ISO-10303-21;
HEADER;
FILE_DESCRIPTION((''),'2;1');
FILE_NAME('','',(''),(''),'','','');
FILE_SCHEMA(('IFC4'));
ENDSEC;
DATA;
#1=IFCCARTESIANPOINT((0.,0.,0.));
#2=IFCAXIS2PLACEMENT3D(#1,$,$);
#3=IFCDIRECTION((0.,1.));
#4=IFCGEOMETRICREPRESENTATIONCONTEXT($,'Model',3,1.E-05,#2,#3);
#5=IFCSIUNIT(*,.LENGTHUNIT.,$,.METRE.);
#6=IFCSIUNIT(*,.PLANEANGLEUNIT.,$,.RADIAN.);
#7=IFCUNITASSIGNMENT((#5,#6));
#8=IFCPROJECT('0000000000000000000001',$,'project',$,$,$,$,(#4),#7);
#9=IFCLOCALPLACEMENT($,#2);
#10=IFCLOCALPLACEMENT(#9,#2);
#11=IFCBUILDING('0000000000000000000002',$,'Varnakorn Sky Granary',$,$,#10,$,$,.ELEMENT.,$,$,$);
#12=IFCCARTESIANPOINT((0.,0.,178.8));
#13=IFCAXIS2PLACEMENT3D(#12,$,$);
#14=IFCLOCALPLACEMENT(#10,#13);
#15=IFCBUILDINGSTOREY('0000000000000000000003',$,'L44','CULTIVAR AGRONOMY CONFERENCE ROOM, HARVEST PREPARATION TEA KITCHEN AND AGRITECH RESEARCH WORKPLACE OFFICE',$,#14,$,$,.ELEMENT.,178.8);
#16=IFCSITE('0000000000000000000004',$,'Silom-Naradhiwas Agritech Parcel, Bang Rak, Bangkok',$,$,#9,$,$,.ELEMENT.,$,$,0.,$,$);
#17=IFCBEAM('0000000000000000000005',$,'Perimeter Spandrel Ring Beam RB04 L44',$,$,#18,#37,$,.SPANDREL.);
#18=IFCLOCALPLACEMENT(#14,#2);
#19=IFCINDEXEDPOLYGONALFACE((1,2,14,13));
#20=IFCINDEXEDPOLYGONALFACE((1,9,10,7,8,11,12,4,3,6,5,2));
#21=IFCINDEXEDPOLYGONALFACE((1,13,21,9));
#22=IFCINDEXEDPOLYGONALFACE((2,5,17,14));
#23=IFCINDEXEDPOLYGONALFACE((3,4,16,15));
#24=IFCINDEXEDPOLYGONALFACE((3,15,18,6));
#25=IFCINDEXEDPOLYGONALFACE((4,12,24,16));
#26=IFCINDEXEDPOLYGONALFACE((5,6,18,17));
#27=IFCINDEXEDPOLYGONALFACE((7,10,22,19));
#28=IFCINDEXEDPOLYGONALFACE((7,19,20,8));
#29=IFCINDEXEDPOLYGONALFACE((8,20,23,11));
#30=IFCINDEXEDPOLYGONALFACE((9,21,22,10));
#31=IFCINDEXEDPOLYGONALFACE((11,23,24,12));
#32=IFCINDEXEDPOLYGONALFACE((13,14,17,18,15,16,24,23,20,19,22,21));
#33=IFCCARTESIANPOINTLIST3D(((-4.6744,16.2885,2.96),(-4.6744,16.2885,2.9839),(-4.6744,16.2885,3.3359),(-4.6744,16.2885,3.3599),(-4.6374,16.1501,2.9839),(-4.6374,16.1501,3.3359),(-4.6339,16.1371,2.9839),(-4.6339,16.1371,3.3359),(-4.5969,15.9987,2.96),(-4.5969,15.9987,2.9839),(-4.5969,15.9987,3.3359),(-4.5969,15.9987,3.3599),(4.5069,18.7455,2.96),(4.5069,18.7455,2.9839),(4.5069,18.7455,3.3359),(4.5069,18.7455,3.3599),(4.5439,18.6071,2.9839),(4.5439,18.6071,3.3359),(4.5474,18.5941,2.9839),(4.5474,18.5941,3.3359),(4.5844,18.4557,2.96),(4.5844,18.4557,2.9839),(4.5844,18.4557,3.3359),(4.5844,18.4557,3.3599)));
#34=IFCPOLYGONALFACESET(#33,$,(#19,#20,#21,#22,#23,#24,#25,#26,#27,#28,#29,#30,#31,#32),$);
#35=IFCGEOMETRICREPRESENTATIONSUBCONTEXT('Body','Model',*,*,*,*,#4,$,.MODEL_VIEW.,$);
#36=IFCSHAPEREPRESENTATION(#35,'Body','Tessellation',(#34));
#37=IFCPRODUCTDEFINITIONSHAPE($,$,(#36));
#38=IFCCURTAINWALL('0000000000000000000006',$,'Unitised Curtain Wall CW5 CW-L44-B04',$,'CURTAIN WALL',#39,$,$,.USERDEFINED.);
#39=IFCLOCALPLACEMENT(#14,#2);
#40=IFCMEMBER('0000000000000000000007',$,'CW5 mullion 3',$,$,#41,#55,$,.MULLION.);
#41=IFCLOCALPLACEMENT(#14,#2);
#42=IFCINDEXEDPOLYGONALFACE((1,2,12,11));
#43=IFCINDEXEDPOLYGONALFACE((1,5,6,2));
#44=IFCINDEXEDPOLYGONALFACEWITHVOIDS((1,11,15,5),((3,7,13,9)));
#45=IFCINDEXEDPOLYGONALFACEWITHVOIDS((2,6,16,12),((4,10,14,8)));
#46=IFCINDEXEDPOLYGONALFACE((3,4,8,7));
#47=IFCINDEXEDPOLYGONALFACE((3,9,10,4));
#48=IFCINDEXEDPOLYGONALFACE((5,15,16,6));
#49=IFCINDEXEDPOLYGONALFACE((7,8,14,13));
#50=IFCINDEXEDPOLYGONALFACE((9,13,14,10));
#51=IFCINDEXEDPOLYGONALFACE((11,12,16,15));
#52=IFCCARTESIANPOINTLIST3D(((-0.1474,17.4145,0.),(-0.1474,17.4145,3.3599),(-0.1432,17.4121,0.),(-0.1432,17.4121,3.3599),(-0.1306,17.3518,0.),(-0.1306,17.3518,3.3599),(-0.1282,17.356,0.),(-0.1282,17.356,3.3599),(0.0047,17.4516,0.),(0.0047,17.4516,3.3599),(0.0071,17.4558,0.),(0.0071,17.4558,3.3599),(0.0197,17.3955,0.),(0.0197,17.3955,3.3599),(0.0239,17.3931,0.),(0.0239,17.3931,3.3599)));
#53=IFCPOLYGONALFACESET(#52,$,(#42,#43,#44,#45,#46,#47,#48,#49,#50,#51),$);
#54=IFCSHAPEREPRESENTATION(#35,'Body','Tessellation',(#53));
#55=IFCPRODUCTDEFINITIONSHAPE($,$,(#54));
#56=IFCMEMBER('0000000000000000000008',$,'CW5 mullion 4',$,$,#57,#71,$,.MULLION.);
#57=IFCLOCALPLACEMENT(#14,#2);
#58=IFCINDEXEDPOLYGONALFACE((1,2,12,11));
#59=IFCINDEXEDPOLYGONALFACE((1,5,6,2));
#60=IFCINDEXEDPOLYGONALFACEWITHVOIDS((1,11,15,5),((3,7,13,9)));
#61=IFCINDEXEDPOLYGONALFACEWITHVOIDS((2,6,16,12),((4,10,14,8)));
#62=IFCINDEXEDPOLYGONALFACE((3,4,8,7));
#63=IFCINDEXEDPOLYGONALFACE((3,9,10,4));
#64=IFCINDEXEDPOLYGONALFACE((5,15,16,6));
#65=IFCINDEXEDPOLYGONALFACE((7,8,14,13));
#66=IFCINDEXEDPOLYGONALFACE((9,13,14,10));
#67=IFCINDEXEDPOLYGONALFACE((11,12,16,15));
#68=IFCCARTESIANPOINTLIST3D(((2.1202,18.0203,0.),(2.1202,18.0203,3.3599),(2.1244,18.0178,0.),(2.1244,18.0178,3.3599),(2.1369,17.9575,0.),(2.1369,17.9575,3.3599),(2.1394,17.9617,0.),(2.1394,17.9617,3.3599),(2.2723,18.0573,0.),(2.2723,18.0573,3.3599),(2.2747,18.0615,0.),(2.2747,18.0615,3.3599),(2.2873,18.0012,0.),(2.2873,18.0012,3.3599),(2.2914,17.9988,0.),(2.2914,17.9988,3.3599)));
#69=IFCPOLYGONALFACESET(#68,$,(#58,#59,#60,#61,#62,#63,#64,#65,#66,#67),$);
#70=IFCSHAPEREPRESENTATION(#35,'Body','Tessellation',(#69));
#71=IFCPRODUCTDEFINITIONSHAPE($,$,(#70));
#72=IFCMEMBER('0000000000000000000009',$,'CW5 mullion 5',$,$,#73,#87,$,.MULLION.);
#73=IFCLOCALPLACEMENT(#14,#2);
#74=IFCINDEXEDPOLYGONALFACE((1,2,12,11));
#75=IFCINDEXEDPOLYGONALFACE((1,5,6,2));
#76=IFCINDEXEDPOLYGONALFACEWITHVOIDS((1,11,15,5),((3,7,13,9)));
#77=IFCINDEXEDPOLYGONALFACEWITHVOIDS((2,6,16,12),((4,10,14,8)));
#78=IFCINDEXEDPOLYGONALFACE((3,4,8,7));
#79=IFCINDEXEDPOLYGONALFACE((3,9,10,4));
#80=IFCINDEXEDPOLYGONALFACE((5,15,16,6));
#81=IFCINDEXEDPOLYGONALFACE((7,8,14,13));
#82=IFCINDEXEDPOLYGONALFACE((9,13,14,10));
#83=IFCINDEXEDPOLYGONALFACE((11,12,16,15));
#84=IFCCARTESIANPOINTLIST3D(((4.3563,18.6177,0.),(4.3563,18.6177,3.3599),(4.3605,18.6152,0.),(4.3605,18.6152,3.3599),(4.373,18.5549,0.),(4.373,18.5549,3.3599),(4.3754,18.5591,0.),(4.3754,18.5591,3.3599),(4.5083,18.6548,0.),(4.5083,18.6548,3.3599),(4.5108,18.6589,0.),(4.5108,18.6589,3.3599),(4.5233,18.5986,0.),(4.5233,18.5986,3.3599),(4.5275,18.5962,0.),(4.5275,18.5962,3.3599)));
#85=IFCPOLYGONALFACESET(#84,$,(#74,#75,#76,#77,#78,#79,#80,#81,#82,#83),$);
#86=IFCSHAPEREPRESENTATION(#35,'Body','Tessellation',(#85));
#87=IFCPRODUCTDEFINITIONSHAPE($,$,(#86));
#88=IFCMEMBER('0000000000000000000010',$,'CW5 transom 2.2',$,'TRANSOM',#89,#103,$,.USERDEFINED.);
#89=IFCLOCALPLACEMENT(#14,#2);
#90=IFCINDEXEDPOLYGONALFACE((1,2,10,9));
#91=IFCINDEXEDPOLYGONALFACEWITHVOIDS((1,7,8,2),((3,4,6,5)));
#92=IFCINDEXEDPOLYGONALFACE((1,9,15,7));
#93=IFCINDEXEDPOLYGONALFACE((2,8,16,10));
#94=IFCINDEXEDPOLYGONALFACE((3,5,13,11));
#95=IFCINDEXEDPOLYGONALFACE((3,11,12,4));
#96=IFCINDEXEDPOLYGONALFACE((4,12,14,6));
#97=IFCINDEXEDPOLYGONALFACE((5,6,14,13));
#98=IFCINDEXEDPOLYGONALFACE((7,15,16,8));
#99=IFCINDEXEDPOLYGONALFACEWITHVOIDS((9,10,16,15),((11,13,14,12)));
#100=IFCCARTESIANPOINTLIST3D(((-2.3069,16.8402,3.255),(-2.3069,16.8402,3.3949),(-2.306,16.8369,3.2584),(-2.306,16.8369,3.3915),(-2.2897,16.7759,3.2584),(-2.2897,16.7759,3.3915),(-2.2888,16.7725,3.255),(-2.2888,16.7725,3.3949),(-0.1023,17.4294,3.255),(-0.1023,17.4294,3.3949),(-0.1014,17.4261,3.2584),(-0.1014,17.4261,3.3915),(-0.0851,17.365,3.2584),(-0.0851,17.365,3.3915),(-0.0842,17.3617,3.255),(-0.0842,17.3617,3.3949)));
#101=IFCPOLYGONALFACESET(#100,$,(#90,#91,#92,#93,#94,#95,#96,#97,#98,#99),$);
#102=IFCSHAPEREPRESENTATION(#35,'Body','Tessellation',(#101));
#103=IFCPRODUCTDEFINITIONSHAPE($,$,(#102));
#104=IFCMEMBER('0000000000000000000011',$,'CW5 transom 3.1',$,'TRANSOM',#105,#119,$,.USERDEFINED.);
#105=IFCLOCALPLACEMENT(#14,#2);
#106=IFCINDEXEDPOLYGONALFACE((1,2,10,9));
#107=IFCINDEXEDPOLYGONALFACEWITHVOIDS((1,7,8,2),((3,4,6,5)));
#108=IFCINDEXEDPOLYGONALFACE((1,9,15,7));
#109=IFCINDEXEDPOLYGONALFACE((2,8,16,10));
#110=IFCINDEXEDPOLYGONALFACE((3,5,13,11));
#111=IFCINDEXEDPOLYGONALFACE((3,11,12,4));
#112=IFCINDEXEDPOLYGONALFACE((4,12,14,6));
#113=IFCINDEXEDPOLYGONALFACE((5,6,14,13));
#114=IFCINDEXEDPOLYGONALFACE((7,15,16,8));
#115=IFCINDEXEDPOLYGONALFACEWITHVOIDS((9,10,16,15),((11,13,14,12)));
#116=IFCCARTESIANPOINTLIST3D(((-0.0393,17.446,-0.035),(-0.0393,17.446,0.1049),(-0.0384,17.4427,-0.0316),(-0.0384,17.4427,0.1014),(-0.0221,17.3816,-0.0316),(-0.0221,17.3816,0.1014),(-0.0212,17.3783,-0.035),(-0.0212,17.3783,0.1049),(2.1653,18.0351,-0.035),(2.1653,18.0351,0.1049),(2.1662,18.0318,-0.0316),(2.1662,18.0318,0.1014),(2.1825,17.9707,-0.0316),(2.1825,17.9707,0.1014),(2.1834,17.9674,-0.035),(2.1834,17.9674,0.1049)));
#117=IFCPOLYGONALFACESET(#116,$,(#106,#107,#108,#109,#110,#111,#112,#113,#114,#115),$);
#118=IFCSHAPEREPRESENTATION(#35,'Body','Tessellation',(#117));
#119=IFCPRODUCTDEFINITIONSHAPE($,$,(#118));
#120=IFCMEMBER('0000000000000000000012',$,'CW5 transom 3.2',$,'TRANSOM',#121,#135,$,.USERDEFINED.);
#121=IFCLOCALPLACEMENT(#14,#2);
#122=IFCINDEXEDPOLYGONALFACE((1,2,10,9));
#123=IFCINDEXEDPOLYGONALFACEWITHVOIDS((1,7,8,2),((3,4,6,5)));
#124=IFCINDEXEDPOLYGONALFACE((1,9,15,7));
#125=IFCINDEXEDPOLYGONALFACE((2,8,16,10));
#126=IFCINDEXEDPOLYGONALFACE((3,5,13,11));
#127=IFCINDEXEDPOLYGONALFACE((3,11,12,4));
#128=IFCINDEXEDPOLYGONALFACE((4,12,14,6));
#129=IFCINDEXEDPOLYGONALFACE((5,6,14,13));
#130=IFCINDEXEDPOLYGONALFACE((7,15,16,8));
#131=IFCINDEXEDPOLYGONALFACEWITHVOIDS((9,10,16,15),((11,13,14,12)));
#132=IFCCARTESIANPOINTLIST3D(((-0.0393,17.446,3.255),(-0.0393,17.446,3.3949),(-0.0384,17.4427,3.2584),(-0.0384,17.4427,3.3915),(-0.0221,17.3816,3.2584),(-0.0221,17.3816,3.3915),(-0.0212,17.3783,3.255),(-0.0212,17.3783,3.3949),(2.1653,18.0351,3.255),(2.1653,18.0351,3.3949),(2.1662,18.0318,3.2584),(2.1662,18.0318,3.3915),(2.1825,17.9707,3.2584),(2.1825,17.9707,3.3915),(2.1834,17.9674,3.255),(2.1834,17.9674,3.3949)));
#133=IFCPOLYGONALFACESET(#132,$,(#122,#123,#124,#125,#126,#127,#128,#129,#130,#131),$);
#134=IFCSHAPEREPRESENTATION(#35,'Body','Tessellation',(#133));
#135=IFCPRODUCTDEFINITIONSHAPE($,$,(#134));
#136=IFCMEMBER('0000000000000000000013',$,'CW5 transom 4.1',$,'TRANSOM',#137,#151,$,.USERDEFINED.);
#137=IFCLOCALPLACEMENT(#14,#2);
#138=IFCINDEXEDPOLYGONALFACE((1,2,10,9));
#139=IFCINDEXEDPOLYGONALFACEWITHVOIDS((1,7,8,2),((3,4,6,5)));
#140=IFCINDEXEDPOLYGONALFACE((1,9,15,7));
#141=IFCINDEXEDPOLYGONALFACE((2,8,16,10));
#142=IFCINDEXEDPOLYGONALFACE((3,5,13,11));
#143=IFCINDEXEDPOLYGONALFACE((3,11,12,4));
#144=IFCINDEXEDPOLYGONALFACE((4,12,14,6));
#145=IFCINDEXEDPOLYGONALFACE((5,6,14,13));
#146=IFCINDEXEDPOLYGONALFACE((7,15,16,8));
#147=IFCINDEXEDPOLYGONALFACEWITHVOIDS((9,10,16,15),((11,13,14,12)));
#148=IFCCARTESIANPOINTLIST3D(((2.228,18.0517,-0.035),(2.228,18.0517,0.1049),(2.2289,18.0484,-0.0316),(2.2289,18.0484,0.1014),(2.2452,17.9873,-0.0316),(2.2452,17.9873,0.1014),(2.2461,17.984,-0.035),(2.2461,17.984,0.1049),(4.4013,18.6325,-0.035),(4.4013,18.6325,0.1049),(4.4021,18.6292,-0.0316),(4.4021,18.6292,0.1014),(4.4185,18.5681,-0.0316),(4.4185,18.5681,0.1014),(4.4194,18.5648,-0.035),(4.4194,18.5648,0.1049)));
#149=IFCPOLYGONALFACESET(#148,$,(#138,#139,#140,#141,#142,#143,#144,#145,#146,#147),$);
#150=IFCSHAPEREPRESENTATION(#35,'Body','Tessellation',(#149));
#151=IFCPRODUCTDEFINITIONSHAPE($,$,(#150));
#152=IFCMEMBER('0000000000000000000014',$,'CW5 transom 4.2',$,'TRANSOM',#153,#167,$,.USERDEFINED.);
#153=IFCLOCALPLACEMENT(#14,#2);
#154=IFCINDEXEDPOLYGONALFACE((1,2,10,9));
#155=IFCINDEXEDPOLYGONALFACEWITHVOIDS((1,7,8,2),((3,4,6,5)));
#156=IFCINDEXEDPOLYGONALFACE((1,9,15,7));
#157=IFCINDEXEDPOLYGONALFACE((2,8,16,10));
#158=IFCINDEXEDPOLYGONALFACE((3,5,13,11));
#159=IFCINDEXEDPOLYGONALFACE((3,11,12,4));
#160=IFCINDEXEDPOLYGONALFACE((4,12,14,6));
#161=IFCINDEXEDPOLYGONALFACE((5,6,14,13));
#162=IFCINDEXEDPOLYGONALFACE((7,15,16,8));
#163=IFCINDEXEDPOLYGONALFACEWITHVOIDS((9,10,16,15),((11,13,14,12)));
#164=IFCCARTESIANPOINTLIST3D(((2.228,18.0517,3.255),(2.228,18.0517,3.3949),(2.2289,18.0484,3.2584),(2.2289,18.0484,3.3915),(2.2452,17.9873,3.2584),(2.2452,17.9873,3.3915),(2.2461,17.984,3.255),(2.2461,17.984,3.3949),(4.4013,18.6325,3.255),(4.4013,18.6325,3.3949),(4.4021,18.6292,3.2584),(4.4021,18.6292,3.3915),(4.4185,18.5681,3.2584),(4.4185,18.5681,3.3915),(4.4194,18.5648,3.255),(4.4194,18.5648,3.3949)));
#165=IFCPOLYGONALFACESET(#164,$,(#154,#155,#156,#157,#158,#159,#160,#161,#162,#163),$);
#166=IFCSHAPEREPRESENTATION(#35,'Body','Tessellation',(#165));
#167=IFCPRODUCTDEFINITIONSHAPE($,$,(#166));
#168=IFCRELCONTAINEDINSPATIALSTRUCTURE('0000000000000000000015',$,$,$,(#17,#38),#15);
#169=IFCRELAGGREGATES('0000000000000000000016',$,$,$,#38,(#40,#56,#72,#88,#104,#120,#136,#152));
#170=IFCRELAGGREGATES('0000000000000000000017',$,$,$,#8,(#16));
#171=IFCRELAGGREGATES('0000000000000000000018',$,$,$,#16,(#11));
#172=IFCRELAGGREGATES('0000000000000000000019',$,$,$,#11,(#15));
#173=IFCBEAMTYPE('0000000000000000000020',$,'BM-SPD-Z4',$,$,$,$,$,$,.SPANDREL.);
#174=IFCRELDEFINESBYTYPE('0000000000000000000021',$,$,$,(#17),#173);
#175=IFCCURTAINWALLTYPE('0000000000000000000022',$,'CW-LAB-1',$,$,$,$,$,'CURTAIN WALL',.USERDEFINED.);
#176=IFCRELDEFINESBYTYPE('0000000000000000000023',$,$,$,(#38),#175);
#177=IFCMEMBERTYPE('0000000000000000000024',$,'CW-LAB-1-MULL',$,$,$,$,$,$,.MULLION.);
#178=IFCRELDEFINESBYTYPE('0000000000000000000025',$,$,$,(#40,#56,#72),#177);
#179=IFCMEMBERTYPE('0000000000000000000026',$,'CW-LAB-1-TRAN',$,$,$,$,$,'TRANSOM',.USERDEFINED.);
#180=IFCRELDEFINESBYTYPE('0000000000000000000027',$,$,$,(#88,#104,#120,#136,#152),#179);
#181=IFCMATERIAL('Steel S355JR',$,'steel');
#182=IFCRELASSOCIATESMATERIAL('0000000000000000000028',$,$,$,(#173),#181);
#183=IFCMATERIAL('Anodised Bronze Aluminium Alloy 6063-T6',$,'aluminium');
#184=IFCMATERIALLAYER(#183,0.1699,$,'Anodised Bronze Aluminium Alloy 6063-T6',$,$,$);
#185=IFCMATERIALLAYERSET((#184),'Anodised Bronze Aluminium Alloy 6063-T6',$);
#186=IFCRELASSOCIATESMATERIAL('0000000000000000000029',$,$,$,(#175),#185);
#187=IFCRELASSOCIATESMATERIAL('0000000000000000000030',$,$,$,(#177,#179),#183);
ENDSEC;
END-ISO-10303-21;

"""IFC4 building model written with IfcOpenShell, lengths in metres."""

from ifc_helpers import new_model, si_unit, direction, frame, origin, origin_2d, place, context, subcontext, project, spatial, hollow_rectangle, i_section, extrude, material, layer, layer_set, material_profile, profile_set, type_object, element, aggregate, save


model = new_model("IFC4")

# Units and contexts
model_context = context("Model", 3, precision=1e-05, world=origin(), true_north=direction((0.0, 1.0)))
body_context = subcontext(model_context, "Body", "Model", "MODEL_VIEW")
ifc_project = project(units=[si_unit("LENGTHUNIT", "METRE"), si_unit("PLANEANGLEUNIT", "RADIAN")], contexts=[model_context])

# Site, building, storey
site_placement = place(None, origin())
site = spatial("IfcSite", under=ifc_project, at=site_placement, Name="Silom-Naradhiwas Agritech Parcel, Bang Rak, Bangkok", CompositionType="ELEMENT", RefElevation=0.0)
building_placement = place(site_placement, origin())
building = spatial("IfcBuilding", under=site, at=building_placement, Name="Varnakorn Sky Granary", CompositionType="ELEMENT")
storey_placement = place(building_placement, frame((0.0, 0.0, 178.8)))
storey = spatial("IfcBuildingStorey", under=building, at=storey_placement, Name="L44", Description="CULTIVAR AGRONOMY CONFERENCE ROOM, HARVEST PREPARATION TEA KITCHEN AND AGRITECH RESEARCH WORKPLACE OFFICE", CompositionType="ELEMENT", Elevation=178.8)

# Beam
ifc_material_1 = material(Name="Steel S355JR", Category="steel")
ifc_material_profile_1 = material_profile(ifc_material_1, i_section(OverallWidth=0.3, OverallDepth=0.3999, WebThickness=0.0134, FlangeThickness=0.0239, at=origin_2d()), Name="HE 400 B")
ifc_profile_set_1 = profile_set([ifc_material_profile_1], Name="Steel S355JR")
beam_type = type_object("IfcBeamType", Name="BM-SPD-Z4", PredefinedType="SPANDREL", material=ifc_profile_set_1)
beam_placement = place(storey_placement, frame((4.5457, 18.6006, 3.1599), z_axis=(-0.966008, -0.258513, 0.0), x_axis=(0.258513, -0.966008, 0.0)))
element("IfcBeam", 1, at=beam_placement, inside=storey, type_object=beam_type, Name="Perimeter Spandrel Ring Beam RB04 L44", PredefinedType="SPANDREL", context=body_context, shape_type="SweptSolid", body=[
    extrude(i_section(OverallWidth=0.3, OverallDepth=0.3999, WebThickness=0.0134, FlangeThickness=0.0239, at=origin_2d()), origin(), (0.0, 0.0, 1.0), 9.5044),
])

# Curtain wall, members
ifc_material_2 = material(Name="Anodised Bronze Aluminium Alloy 6063-T6", Category="aluminium")
ifc_layer_1 = layer(ifc_material_2, 0.1699, Name="Anodised Bronze Aluminium Alloy 6063-T6")
ifc_layer_set_1 = layer_set([ifc_layer_1], Name="Anodised Bronze Aluminium Alloy 6063-T6")
curtain_wall_type = type_object("IfcCurtainWallType", Name="CW-LAB-1", ElementType="CURTAIN WALL", PredefinedType="USERDEFINED", material=ifc_layer_set_1)
curtain_wall_placement = place(storey_placement, origin())
curtain_wall = element("IfcCurtainWall", 2, at=curtain_wall_placement, inside=storey, type_object=curtain_wall_type, Name="Unitised Curtain Wall CW5 CW-L44-B04", ObjectType="CURTAIN WALL", PredefinedType="USERDEFINED")
ifc_material_profile_2 = material_profile(ifc_material_2, hollow_rectangle(XDim=0.0649, YDim=0.1599, WallThickness=0.0034, at=origin_2d()), Name="ALU MULL 65x160")
ifc_profile_set_2 = profile_set([ifc_material_profile_2], Name="Anodised Bronze Aluminium Alloy 6063-T6")
member_type_1 = type_object("IfcMemberType", Name="CW-LAB-1-MULL", PredefinedType="MULLION", material=ifc_profile_set_2)
member_1_placement = place(storey_placement, frame((-0.0618, 17.4038, 0.0), z_axis=(0.0, 0.0, 1.0), x_axis=(-0.258096, 0.966119, 0.0)))
member_1 = element("IfcMember", 3, at=member_1_placement, type_object=member_type_1, Name="CW5 mullion 3", PredefinedType="MULLION", context=body_context, shape_type="SweptSolid", body=[
    extrude(hollow_rectangle(XDim=0.0649, YDim=0.1599, WallThickness=0.0034, at=origin_2d()), origin(), (0.0, 0.0, 1.0), 3.3599),
])
member_2_placement = place(storey_placement, frame((2.2058, 18.0095, 0.0), z_axis=(0.0, 0.0, 1.0), x_axis=(-0.258096, 0.966119, 0.0)))
member_2 = element("IfcMember", 4, at=member_2_placement, type_object=member_type_1, Name="CW5 mullion 4", PredefinedType="MULLION", context=body_context, shape_type="SweptSolid", body=[
    extrude(hollow_rectangle(XDim=0.0649, YDim=0.1599, WallThickness=0.0034, at=origin_2d()), origin(), (0.0, 0.0, 1.0), 3.3599),
])
member_3_placement = place(storey_placement, frame((4.4419, 18.6069, 0.0), z_axis=(0.0, 0.0, 1.0), x_axis=(-0.258096, 0.966119, 0.0)))
member_3 = element("IfcMember", 5, at=member_3_placement, type_object=member_type_1, Name="CW5 mullion 5", PredefinedType="MULLION", context=body_context, shape_type="SweptSolid", body=[
    extrude(hollow_rectangle(XDim=0.0649, YDim=0.1599, WallThickness=0.0034, at=origin_2d()), origin(), (0.0, 0.0, 1.0), 3.3599),
])
ifc_material_profile_3 = material_profile(ifc_material_2, hollow_rectangle(XDim=0.0701, YDim=0.1399, WallThickness=0.0034, at=origin_2d()), Name="ALU TRAN 70x140")
ifc_profile_set_3 = profile_set([ifc_material_profile_3], Name="Anodised Bronze Aluminium Alloy 6063-T6")
member_type_2 = type_object("IfcMemberType", Name="CW-LAB-1-TRAN", ElementType="TRANSOM", PredefinedType="USERDEFINED", material=ifc_profile_set_3)
member_4_placement = place(storey_placement, frame((-2.2979, 16.8064, 3.325), z_axis=(0.966102, 0.258162, 0.0), x_axis=(-0.258162, 0.966102, 0.0)))
member_4 = element("IfcMember", 6, at=member_4_placement, type_object=member_type_2, Name="CW5 transom 2.2", ObjectType="TRANSOM", PredefinedType="USERDEFINED", context=body_context, shape_type="SweptSolid", body=[
    extrude(hollow_rectangle(XDim=0.0701, YDim=0.1399, WallThickness=0.0034, at=origin_2d()), origin(), (0.0, 0.0, 1.0), 2.282),
])
member_5_placement = place(storey_placement, frame((-0.0303, 17.4121, 0.0349), z_axis=(0.966102, 0.258162, 0.0), x_axis=(-0.258162, 0.966102, 0.0)))
member_5 = element("IfcMember", 7, at=member_5_placement, type_object=member_type_2, Name="CW5 transom 3.1", ObjectType="TRANSOM", PredefinedType="USERDEFINED", context=body_context, shape_type="SweptSolid", body=[
    extrude(hollow_rectangle(XDim=0.0701, YDim=0.1399, WallThickness=0.0034, at=origin_2d()), origin(), (0.0, 0.0, 1.0), 2.282),
])
member_6_placement = place(storey_placement, frame((-0.0303, 17.4121, 3.325), z_axis=(0.966102, 0.258162, 0.0), x_axis=(-0.258162, 0.966102, 0.0)))
member_6 = element("IfcMember", 8, at=member_6_placement, type_object=member_type_2, Name="CW5 transom 3.2", ObjectType="TRANSOM", PredefinedType="USERDEFINED", context=body_context, shape_type="SweptSolid", body=[
    extrude(hollow_rectangle(XDim=0.0701, YDim=0.1399, WallThickness=0.0034, at=origin_2d()), origin(), (0.0, 0.0, 1.0), 2.282),
])
member_7_placement = place(storey_placement, frame((2.2371, 18.0178, 0.0349), z_axis=(0.966096, 0.258183, 0.0), x_axis=(-0.258183, 0.966096, 0.0)))
member_7 = element("IfcMember", 9, at=member_7_placement, type_object=member_type_2, Name="CW5 transom 4.1", ObjectType="TRANSOM", PredefinedType="USERDEFINED", context=body_context, shape_type="SweptSolid", body=[
    extrude(hollow_rectangle(XDim=0.0701, YDim=0.1399, WallThickness=0.0034, at=origin_2d()), origin(), (0.0, 0.0, 1.0), 2.2495),
])
member_8_placement = place(storey_placement, frame((2.2371, 18.0178, 3.325), z_axis=(0.966096, 0.258183, 0.0), x_axis=(-0.258183, 0.966096, 0.0)))
member_8 = element("IfcMember", 10, at=member_8_placement, type_object=member_type_2, Name="CW5 transom 4.2", ObjectType="TRANSOM", PredefinedType="USERDEFINED", context=body_context, shape_type="SweptSolid", body=[
    extrude(hollow_rectangle(XDim=0.0701, YDim=0.1399, WallThickness=0.0034, at=origin_2d()), origin(), (0.0, 0.0, 1.0), 2.2495),
])

aggregate(curtain_wall, [member_1, member_2, member_3, member_4, member_5, member_6, member_7, member_8])

save(model, "model.ifc")
